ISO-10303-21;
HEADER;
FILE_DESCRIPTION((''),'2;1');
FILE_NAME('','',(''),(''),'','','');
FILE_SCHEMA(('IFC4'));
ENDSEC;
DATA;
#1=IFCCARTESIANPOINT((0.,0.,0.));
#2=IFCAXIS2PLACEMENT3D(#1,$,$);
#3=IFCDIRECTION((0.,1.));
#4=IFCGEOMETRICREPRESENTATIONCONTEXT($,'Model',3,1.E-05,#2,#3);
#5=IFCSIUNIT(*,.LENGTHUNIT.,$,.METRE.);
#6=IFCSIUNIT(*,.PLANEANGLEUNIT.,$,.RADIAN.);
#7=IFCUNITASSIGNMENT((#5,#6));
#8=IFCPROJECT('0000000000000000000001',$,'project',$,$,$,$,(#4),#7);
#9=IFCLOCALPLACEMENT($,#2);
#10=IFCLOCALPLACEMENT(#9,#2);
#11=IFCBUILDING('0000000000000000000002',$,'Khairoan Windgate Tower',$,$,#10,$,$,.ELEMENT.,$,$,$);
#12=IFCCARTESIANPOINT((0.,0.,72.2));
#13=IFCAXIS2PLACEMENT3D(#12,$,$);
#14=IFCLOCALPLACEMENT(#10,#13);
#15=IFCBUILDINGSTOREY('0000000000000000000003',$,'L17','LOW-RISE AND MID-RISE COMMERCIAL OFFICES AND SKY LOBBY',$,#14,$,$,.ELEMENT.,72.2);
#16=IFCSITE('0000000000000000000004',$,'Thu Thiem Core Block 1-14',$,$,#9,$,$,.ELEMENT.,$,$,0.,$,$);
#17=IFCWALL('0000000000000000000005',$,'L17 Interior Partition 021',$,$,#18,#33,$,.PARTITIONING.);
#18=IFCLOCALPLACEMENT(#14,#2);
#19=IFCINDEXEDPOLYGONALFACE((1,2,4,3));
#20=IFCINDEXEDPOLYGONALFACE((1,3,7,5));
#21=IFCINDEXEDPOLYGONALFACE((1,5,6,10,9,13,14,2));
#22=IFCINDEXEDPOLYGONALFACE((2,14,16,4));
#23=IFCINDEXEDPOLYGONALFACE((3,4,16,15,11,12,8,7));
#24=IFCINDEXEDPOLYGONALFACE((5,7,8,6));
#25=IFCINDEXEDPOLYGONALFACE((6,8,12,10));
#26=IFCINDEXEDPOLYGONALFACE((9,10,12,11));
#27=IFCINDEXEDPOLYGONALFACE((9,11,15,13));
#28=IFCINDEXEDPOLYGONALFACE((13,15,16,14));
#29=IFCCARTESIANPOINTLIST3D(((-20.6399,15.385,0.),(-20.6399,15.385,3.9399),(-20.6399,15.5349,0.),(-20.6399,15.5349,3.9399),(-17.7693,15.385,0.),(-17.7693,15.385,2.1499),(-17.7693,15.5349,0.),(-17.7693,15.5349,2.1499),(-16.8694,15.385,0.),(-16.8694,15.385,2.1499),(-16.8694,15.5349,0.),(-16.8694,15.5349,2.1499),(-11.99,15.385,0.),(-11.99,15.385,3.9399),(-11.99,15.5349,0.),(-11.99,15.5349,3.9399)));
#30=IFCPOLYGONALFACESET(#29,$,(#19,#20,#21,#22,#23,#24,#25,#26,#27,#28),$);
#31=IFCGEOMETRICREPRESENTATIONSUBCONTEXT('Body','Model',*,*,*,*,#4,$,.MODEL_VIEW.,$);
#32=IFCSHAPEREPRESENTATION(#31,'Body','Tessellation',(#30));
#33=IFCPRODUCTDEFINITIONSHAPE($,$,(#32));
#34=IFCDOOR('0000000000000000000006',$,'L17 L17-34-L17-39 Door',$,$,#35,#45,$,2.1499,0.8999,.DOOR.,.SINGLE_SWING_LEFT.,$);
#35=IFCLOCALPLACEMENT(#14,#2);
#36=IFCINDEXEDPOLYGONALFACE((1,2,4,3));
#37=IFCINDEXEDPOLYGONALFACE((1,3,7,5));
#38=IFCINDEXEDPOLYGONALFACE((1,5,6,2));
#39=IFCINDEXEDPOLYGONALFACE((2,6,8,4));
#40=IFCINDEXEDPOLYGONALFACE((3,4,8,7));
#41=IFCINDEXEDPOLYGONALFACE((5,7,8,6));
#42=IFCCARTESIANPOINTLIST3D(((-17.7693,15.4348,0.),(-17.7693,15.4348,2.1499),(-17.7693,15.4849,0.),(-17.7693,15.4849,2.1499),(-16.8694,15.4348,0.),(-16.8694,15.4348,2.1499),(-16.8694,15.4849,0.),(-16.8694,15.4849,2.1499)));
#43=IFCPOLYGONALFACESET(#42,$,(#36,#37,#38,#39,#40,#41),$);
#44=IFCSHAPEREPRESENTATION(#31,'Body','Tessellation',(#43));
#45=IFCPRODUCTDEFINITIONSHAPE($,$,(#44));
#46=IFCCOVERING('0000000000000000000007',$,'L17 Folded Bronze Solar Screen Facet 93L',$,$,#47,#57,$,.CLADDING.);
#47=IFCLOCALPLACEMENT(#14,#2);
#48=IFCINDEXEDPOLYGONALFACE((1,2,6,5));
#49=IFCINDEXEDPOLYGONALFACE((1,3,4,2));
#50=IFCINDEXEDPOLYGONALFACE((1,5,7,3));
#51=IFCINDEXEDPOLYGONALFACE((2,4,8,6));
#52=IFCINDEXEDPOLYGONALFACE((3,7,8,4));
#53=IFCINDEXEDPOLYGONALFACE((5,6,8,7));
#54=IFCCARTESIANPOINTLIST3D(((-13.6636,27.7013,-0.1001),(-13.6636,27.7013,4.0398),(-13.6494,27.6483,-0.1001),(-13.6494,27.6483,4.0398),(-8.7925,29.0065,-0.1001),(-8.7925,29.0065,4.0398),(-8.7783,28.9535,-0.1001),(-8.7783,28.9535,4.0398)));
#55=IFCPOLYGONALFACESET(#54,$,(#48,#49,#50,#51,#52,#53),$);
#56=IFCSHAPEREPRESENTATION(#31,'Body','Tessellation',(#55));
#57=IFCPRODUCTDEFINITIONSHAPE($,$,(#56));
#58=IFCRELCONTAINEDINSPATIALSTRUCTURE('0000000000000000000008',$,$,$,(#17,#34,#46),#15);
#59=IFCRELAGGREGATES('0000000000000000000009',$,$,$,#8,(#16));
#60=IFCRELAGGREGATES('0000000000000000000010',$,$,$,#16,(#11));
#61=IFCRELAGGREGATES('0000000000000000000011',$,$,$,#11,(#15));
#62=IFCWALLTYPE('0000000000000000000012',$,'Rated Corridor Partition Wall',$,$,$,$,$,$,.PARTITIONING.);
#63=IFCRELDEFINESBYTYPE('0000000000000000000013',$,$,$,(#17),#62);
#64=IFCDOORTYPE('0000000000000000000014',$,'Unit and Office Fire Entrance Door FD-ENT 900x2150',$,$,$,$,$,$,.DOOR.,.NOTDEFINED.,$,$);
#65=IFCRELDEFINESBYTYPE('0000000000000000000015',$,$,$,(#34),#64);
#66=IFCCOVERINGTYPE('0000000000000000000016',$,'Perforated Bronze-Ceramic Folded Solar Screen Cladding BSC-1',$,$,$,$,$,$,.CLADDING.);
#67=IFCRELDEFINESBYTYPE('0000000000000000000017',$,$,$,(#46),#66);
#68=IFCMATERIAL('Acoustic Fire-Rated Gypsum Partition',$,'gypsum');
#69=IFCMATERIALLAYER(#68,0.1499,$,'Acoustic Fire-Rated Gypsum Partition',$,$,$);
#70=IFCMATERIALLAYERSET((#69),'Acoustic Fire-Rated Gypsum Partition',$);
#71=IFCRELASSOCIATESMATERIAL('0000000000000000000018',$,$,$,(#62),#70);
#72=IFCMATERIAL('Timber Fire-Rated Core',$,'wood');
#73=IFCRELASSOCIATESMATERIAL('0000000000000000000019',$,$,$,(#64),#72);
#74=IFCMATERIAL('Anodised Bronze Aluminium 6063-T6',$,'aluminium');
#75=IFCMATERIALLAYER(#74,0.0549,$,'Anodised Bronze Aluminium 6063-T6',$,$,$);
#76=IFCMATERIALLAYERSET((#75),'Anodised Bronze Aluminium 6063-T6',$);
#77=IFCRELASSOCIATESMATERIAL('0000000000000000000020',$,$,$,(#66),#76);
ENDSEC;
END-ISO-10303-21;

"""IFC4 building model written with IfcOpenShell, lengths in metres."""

from ifc_helpers import new_model, si_unit, direction, frame, frame_2d, origin, origin_2d, place, context, subcontext, project, spatial, rectangle, extrude, material, layer, layer_set, type_object, element, fill, save


model = new_model("IFC4")

# Units and contexts
model_context = context("Model", 3, precision=1e-05, world=origin(), true_north=direction((0.0, 1.0)))
body_context = subcontext(model_context, "Body", "Model", "MODEL_VIEW")
ifc_project = project(units=[si_unit("LENGTHUNIT", "METRE"), si_unit("PLANEANGLEUNIT", "RADIAN")], contexts=[model_context])

# Site, building, storey
site_placement = place(None, origin())
site = spatial("IfcSite", under=ifc_project, at=site_placement, Name="Thu Thiem Core Block 1-14", CompositionType="ELEMENT", RefElevation=0.0)
building_placement = place(site_placement, origin())
building = spatial("IfcBuilding", under=site, at=building_placement, Name="Khairoan Windgate Tower", CompositionType="ELEMENT")
storey_placement = place(building_placement, frame((0.0, 0.0, 72.2)))
storey = spatial("IfcBuildingStorey", under=building, at=storey_placement, Name="L17", Description="LOW-RISE AND MID-RISE COMMERCIAL OFFICES AND SKY LOBBY", CompositionType="ELEMENT", Elevation=72.2)

# Wall, opening, door
ifc_material_1 = material(Name="Acoustic Fire-Rated Gypsum Partition", Category="gypsum")
ifc_layer_1 = layer(ifc_material_1, 0.1499, Name="Acoustic Fire-Rated Gypsum Partition")
ifc_layer_set_1 = layer_set([ifc_layer_1], Name="Acoustic Fire-Rated Gypsum Partition")
wall_type_1 = type_object("IfcWallType", Name="Rated Corridor Partition Wall", PredefinedType="PARTITIONING", material=ifc_layer_set_1)
ifc_material_2 = material(Name="Timber Fire-Rated Core", Category="wood")
door_type = type_object("IfcDoorType", Name="Unit and Office Fire Entrance Door FD-ENT 900x2150", OperationType="NOTDEFINED", PredefinedType="DOOR", material=ifc_material_2)
wall_1_placement = place(storey_placement, frame((-20.6399, 15.46, 0.0), z_axis=(0.0, 0.0, 1.0), x_axis=(1.0, 0.0, 0.0)))
wall_1 = element("IfcWall", 1, at=wall_1_placement, inside=storey, type_object=wall_type_1, Name="L17 Interior Partition 021", PredefinedType="PARTITIONING", context=body_context, shape_type="SweptSolid", body=[
    extrude(rectangle(XDim=8.6499, YDim=0.1499, at=frame_2d((4.325, 0.0))), origin(), (0.0, 0.0, 1.0), 3.9399),
])
opening_1_placement = place(wall_1_placement, frame((2.8706, 0.0, 0.0)))
opening_1 = element("IfcOpeningElement", 2, at=opening_1_placement, cuts=wall_1, PredefinedType="OPENING", context=body_context, shape_type="SweptSolid", body=[
    extrude(rectangle(XDim=0.8999, YDim=2.1499, at=frame_2d((0.45, 1.075))), frame((0.0, 0.085, 0.0), z_axis=(0.0, -1.0, 0.0), x_axis=(1.0, 0.0, 0.0)), (0.0, 0.0, 1.0), 0.1699),
])
door_1_placement = place(opening_1_placement, origin())
door_1 = element("IfcDoor", 3, at=door_1_placement, inside=storey, type_object=door_type, Name="L17 L17-34-L17-39 Door", OperationType="SINGLE_SWING_LEFT", OverallHeight=2.1499, OverallWidth=0.8999, PredefinedType="DOOR", context=body_context, shape_type="SweptSolid", body=[
    extrude(rectangle(XDim=0.8999, YDim=2.1499, at=frame_2d((0.45, 1.075))), frame((0.0, 0.0249, 0.0), z_axis=(0.0, -1.0, 0.0), x_axis=(1.0, 0.0, 0.0)), (0.0, 0.0, 1.0), 0.05),
])
fill(opening_1, door_1)

# Covering
ifc_material_3 = material(Name="Anodised Bronze Aluminium 6063-T6", Category="aluminium")
ifc_layer_2 = layer(ifc_material_3, 0.0549, Name="Anodised Bronze Aluminium 6063-T6")
ifc_layer_set_2 = layer_set([ifc_layer_2], Name="Anodised Bronze Aluminium 6063-T6")
covering_type = type_object("IfcCoveringType", Name="Perforated Bronze-Ceramic Folded Solar Screen Cladding BSC-1", PredefinedType="CLADDING", material=ifc_layer_set_2)
covering_placement = place(storey_placement, frame((-11.2209, 28.3274, -0.1001), z_axis=(0.0, 0.0, 1.0), x_axis=(0.965926, 0.258819, 0.0)))
element("IfcCovering", 4, at=covering_placement, inside=storey, type_object=covering_type, Name="L17 Folded Bronze Solar Screen Facet 93L", PredefinedType="CLADDING", context=body_context, shape_type="SweptSolid", body=[
    extrude(rectangle(XDim=5.043, YDim=0.0549, at=origin_2d()), origin(), (0.0, 0.0, 1.0), 4.1399),
])

save(model, "model.ifc")
